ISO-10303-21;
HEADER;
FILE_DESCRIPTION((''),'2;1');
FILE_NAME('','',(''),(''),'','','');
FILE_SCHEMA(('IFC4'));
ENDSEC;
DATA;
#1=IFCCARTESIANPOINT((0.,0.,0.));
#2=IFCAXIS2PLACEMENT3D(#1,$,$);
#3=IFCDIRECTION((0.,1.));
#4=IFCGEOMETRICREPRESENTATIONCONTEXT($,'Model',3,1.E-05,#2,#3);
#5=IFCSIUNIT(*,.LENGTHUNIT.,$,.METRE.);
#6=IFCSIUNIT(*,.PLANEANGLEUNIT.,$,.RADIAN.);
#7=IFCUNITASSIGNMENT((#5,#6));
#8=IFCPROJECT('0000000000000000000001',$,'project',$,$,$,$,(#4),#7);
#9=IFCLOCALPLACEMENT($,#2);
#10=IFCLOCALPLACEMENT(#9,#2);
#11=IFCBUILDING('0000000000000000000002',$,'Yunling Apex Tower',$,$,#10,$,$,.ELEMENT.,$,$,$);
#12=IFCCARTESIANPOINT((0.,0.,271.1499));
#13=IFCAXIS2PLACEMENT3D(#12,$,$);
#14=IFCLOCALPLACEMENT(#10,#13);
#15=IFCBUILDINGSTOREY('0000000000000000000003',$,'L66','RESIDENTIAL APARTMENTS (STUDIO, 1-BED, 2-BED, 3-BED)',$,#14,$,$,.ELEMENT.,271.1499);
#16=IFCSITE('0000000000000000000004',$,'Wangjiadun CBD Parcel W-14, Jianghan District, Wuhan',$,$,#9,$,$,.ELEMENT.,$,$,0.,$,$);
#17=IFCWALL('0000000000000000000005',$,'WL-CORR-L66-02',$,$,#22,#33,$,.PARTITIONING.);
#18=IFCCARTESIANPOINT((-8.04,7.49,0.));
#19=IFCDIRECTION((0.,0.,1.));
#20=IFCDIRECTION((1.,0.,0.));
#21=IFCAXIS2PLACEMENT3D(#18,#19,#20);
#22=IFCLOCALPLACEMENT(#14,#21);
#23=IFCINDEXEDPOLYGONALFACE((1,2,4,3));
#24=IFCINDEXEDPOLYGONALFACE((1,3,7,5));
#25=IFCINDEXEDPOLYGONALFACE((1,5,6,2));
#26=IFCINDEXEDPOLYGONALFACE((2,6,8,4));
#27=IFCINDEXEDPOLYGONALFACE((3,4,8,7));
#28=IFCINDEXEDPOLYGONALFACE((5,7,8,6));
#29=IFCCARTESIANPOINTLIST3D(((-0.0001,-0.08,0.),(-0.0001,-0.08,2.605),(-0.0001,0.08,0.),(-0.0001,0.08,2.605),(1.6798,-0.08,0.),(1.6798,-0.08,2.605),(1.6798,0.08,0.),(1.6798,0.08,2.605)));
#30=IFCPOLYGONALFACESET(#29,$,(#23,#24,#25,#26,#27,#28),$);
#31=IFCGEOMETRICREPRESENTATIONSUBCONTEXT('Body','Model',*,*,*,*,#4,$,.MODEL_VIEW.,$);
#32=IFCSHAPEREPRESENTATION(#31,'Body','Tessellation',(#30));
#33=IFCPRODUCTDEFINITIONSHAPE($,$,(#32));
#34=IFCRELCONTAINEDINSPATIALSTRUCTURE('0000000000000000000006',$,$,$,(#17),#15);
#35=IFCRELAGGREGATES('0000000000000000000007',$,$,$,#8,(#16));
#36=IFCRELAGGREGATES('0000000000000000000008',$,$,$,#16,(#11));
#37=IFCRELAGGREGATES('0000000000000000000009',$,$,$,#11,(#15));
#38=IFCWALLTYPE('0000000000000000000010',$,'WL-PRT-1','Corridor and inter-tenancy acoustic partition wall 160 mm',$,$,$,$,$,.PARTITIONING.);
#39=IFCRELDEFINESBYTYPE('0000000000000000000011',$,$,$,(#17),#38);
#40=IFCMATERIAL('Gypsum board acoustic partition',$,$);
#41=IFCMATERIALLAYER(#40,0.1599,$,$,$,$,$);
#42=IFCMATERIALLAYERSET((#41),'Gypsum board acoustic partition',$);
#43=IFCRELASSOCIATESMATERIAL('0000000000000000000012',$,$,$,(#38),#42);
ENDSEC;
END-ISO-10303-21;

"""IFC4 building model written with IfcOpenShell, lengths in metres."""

from ifc_helpers import new_model, si_unit, direction, frame, frame_2d, origin, place, context, subcontext, project, spatial, rectangle, extrude, material, layer, layer_set, type_object, element, save


model = new_model("IFC4")

# Units and contexts
model_context = context("Model", 3, precision=1e-05, world=origin(), true_north=direction((0.0, 1.0)))
body_context = subcontext(model_context, "Body", "Model", "MODEL_VIEW")
ifc_project = project(units=[si_unit("LENGTHUNIT", "METRE"), si_unit("PLANEANGLEUNIT", "RADIAN")], contexts=[model_context])

# Site, building, storey
site_placement = place(None, origin())
site = spatial("IfcSite", under=ifc_project, at=site_placement, Name="Wangjiadun CBD Parcel W-14, Jianghan District, Wuhan", CompositionType="ELEMENT", RefElevation=0.0)
building_placement = place(site_placement, origin())
building = spatial("IfcBuilding", under=site, at=building_placement, Name="Yunling Apex Tower", CompositionType="ELEMENT")
storey_placement = place(building_placement, frame((0.0, 0.0, 271.1499)))
storey = spatial("IfcBuildingStorey", under=building, at=storey_placement, Name="L66", Description="RESIDENTIAL APARTMENTS (STUDIO, 1-BED, 2-BED, 3-BED)", CompositionType="ELEMENT", Elevation=271.1499)

# Wall
ifc_material_1 = material(Name="Gypsum board acoustic partition")
ifc_layer_1 = layer(ifc_material_1, 0.1599)
ifc_layer_set_1 = layer_set([ifc_layer_1], Name="Gypsum board acoustic partition")
wall_type_1 = type_object("IfcWallType", Name="WL-PRT-1", Description="Corridor and inter-tenancy acoustic partition wall 160 mm", PredefinedType="PARTITIONING", material=ifc_layer_set_1)
wall_1_placement = place(storey_placement, frame((-8.04, 7.49, 0.0), z_axis=(0.0, 0.0, 1.0), x_axis=(1.0, 0.0, 0.0)))
element("IfcWall", 1, at=wall_1_placement, inside=storey, type_object=wall_type_1, Name="WL-CORR-L66-02", PredefinedType="PARTITIONING", context=body_context, shape_type="SweptSolid", body=[
    extrude(rectangle(XDim=1.6799, YDim=0.1599, at=frame_2d((0.8398, 0.0))), origin(), (0.0, 0.0, 1.0), 2.605),
])

save(model, "model.ifc")
